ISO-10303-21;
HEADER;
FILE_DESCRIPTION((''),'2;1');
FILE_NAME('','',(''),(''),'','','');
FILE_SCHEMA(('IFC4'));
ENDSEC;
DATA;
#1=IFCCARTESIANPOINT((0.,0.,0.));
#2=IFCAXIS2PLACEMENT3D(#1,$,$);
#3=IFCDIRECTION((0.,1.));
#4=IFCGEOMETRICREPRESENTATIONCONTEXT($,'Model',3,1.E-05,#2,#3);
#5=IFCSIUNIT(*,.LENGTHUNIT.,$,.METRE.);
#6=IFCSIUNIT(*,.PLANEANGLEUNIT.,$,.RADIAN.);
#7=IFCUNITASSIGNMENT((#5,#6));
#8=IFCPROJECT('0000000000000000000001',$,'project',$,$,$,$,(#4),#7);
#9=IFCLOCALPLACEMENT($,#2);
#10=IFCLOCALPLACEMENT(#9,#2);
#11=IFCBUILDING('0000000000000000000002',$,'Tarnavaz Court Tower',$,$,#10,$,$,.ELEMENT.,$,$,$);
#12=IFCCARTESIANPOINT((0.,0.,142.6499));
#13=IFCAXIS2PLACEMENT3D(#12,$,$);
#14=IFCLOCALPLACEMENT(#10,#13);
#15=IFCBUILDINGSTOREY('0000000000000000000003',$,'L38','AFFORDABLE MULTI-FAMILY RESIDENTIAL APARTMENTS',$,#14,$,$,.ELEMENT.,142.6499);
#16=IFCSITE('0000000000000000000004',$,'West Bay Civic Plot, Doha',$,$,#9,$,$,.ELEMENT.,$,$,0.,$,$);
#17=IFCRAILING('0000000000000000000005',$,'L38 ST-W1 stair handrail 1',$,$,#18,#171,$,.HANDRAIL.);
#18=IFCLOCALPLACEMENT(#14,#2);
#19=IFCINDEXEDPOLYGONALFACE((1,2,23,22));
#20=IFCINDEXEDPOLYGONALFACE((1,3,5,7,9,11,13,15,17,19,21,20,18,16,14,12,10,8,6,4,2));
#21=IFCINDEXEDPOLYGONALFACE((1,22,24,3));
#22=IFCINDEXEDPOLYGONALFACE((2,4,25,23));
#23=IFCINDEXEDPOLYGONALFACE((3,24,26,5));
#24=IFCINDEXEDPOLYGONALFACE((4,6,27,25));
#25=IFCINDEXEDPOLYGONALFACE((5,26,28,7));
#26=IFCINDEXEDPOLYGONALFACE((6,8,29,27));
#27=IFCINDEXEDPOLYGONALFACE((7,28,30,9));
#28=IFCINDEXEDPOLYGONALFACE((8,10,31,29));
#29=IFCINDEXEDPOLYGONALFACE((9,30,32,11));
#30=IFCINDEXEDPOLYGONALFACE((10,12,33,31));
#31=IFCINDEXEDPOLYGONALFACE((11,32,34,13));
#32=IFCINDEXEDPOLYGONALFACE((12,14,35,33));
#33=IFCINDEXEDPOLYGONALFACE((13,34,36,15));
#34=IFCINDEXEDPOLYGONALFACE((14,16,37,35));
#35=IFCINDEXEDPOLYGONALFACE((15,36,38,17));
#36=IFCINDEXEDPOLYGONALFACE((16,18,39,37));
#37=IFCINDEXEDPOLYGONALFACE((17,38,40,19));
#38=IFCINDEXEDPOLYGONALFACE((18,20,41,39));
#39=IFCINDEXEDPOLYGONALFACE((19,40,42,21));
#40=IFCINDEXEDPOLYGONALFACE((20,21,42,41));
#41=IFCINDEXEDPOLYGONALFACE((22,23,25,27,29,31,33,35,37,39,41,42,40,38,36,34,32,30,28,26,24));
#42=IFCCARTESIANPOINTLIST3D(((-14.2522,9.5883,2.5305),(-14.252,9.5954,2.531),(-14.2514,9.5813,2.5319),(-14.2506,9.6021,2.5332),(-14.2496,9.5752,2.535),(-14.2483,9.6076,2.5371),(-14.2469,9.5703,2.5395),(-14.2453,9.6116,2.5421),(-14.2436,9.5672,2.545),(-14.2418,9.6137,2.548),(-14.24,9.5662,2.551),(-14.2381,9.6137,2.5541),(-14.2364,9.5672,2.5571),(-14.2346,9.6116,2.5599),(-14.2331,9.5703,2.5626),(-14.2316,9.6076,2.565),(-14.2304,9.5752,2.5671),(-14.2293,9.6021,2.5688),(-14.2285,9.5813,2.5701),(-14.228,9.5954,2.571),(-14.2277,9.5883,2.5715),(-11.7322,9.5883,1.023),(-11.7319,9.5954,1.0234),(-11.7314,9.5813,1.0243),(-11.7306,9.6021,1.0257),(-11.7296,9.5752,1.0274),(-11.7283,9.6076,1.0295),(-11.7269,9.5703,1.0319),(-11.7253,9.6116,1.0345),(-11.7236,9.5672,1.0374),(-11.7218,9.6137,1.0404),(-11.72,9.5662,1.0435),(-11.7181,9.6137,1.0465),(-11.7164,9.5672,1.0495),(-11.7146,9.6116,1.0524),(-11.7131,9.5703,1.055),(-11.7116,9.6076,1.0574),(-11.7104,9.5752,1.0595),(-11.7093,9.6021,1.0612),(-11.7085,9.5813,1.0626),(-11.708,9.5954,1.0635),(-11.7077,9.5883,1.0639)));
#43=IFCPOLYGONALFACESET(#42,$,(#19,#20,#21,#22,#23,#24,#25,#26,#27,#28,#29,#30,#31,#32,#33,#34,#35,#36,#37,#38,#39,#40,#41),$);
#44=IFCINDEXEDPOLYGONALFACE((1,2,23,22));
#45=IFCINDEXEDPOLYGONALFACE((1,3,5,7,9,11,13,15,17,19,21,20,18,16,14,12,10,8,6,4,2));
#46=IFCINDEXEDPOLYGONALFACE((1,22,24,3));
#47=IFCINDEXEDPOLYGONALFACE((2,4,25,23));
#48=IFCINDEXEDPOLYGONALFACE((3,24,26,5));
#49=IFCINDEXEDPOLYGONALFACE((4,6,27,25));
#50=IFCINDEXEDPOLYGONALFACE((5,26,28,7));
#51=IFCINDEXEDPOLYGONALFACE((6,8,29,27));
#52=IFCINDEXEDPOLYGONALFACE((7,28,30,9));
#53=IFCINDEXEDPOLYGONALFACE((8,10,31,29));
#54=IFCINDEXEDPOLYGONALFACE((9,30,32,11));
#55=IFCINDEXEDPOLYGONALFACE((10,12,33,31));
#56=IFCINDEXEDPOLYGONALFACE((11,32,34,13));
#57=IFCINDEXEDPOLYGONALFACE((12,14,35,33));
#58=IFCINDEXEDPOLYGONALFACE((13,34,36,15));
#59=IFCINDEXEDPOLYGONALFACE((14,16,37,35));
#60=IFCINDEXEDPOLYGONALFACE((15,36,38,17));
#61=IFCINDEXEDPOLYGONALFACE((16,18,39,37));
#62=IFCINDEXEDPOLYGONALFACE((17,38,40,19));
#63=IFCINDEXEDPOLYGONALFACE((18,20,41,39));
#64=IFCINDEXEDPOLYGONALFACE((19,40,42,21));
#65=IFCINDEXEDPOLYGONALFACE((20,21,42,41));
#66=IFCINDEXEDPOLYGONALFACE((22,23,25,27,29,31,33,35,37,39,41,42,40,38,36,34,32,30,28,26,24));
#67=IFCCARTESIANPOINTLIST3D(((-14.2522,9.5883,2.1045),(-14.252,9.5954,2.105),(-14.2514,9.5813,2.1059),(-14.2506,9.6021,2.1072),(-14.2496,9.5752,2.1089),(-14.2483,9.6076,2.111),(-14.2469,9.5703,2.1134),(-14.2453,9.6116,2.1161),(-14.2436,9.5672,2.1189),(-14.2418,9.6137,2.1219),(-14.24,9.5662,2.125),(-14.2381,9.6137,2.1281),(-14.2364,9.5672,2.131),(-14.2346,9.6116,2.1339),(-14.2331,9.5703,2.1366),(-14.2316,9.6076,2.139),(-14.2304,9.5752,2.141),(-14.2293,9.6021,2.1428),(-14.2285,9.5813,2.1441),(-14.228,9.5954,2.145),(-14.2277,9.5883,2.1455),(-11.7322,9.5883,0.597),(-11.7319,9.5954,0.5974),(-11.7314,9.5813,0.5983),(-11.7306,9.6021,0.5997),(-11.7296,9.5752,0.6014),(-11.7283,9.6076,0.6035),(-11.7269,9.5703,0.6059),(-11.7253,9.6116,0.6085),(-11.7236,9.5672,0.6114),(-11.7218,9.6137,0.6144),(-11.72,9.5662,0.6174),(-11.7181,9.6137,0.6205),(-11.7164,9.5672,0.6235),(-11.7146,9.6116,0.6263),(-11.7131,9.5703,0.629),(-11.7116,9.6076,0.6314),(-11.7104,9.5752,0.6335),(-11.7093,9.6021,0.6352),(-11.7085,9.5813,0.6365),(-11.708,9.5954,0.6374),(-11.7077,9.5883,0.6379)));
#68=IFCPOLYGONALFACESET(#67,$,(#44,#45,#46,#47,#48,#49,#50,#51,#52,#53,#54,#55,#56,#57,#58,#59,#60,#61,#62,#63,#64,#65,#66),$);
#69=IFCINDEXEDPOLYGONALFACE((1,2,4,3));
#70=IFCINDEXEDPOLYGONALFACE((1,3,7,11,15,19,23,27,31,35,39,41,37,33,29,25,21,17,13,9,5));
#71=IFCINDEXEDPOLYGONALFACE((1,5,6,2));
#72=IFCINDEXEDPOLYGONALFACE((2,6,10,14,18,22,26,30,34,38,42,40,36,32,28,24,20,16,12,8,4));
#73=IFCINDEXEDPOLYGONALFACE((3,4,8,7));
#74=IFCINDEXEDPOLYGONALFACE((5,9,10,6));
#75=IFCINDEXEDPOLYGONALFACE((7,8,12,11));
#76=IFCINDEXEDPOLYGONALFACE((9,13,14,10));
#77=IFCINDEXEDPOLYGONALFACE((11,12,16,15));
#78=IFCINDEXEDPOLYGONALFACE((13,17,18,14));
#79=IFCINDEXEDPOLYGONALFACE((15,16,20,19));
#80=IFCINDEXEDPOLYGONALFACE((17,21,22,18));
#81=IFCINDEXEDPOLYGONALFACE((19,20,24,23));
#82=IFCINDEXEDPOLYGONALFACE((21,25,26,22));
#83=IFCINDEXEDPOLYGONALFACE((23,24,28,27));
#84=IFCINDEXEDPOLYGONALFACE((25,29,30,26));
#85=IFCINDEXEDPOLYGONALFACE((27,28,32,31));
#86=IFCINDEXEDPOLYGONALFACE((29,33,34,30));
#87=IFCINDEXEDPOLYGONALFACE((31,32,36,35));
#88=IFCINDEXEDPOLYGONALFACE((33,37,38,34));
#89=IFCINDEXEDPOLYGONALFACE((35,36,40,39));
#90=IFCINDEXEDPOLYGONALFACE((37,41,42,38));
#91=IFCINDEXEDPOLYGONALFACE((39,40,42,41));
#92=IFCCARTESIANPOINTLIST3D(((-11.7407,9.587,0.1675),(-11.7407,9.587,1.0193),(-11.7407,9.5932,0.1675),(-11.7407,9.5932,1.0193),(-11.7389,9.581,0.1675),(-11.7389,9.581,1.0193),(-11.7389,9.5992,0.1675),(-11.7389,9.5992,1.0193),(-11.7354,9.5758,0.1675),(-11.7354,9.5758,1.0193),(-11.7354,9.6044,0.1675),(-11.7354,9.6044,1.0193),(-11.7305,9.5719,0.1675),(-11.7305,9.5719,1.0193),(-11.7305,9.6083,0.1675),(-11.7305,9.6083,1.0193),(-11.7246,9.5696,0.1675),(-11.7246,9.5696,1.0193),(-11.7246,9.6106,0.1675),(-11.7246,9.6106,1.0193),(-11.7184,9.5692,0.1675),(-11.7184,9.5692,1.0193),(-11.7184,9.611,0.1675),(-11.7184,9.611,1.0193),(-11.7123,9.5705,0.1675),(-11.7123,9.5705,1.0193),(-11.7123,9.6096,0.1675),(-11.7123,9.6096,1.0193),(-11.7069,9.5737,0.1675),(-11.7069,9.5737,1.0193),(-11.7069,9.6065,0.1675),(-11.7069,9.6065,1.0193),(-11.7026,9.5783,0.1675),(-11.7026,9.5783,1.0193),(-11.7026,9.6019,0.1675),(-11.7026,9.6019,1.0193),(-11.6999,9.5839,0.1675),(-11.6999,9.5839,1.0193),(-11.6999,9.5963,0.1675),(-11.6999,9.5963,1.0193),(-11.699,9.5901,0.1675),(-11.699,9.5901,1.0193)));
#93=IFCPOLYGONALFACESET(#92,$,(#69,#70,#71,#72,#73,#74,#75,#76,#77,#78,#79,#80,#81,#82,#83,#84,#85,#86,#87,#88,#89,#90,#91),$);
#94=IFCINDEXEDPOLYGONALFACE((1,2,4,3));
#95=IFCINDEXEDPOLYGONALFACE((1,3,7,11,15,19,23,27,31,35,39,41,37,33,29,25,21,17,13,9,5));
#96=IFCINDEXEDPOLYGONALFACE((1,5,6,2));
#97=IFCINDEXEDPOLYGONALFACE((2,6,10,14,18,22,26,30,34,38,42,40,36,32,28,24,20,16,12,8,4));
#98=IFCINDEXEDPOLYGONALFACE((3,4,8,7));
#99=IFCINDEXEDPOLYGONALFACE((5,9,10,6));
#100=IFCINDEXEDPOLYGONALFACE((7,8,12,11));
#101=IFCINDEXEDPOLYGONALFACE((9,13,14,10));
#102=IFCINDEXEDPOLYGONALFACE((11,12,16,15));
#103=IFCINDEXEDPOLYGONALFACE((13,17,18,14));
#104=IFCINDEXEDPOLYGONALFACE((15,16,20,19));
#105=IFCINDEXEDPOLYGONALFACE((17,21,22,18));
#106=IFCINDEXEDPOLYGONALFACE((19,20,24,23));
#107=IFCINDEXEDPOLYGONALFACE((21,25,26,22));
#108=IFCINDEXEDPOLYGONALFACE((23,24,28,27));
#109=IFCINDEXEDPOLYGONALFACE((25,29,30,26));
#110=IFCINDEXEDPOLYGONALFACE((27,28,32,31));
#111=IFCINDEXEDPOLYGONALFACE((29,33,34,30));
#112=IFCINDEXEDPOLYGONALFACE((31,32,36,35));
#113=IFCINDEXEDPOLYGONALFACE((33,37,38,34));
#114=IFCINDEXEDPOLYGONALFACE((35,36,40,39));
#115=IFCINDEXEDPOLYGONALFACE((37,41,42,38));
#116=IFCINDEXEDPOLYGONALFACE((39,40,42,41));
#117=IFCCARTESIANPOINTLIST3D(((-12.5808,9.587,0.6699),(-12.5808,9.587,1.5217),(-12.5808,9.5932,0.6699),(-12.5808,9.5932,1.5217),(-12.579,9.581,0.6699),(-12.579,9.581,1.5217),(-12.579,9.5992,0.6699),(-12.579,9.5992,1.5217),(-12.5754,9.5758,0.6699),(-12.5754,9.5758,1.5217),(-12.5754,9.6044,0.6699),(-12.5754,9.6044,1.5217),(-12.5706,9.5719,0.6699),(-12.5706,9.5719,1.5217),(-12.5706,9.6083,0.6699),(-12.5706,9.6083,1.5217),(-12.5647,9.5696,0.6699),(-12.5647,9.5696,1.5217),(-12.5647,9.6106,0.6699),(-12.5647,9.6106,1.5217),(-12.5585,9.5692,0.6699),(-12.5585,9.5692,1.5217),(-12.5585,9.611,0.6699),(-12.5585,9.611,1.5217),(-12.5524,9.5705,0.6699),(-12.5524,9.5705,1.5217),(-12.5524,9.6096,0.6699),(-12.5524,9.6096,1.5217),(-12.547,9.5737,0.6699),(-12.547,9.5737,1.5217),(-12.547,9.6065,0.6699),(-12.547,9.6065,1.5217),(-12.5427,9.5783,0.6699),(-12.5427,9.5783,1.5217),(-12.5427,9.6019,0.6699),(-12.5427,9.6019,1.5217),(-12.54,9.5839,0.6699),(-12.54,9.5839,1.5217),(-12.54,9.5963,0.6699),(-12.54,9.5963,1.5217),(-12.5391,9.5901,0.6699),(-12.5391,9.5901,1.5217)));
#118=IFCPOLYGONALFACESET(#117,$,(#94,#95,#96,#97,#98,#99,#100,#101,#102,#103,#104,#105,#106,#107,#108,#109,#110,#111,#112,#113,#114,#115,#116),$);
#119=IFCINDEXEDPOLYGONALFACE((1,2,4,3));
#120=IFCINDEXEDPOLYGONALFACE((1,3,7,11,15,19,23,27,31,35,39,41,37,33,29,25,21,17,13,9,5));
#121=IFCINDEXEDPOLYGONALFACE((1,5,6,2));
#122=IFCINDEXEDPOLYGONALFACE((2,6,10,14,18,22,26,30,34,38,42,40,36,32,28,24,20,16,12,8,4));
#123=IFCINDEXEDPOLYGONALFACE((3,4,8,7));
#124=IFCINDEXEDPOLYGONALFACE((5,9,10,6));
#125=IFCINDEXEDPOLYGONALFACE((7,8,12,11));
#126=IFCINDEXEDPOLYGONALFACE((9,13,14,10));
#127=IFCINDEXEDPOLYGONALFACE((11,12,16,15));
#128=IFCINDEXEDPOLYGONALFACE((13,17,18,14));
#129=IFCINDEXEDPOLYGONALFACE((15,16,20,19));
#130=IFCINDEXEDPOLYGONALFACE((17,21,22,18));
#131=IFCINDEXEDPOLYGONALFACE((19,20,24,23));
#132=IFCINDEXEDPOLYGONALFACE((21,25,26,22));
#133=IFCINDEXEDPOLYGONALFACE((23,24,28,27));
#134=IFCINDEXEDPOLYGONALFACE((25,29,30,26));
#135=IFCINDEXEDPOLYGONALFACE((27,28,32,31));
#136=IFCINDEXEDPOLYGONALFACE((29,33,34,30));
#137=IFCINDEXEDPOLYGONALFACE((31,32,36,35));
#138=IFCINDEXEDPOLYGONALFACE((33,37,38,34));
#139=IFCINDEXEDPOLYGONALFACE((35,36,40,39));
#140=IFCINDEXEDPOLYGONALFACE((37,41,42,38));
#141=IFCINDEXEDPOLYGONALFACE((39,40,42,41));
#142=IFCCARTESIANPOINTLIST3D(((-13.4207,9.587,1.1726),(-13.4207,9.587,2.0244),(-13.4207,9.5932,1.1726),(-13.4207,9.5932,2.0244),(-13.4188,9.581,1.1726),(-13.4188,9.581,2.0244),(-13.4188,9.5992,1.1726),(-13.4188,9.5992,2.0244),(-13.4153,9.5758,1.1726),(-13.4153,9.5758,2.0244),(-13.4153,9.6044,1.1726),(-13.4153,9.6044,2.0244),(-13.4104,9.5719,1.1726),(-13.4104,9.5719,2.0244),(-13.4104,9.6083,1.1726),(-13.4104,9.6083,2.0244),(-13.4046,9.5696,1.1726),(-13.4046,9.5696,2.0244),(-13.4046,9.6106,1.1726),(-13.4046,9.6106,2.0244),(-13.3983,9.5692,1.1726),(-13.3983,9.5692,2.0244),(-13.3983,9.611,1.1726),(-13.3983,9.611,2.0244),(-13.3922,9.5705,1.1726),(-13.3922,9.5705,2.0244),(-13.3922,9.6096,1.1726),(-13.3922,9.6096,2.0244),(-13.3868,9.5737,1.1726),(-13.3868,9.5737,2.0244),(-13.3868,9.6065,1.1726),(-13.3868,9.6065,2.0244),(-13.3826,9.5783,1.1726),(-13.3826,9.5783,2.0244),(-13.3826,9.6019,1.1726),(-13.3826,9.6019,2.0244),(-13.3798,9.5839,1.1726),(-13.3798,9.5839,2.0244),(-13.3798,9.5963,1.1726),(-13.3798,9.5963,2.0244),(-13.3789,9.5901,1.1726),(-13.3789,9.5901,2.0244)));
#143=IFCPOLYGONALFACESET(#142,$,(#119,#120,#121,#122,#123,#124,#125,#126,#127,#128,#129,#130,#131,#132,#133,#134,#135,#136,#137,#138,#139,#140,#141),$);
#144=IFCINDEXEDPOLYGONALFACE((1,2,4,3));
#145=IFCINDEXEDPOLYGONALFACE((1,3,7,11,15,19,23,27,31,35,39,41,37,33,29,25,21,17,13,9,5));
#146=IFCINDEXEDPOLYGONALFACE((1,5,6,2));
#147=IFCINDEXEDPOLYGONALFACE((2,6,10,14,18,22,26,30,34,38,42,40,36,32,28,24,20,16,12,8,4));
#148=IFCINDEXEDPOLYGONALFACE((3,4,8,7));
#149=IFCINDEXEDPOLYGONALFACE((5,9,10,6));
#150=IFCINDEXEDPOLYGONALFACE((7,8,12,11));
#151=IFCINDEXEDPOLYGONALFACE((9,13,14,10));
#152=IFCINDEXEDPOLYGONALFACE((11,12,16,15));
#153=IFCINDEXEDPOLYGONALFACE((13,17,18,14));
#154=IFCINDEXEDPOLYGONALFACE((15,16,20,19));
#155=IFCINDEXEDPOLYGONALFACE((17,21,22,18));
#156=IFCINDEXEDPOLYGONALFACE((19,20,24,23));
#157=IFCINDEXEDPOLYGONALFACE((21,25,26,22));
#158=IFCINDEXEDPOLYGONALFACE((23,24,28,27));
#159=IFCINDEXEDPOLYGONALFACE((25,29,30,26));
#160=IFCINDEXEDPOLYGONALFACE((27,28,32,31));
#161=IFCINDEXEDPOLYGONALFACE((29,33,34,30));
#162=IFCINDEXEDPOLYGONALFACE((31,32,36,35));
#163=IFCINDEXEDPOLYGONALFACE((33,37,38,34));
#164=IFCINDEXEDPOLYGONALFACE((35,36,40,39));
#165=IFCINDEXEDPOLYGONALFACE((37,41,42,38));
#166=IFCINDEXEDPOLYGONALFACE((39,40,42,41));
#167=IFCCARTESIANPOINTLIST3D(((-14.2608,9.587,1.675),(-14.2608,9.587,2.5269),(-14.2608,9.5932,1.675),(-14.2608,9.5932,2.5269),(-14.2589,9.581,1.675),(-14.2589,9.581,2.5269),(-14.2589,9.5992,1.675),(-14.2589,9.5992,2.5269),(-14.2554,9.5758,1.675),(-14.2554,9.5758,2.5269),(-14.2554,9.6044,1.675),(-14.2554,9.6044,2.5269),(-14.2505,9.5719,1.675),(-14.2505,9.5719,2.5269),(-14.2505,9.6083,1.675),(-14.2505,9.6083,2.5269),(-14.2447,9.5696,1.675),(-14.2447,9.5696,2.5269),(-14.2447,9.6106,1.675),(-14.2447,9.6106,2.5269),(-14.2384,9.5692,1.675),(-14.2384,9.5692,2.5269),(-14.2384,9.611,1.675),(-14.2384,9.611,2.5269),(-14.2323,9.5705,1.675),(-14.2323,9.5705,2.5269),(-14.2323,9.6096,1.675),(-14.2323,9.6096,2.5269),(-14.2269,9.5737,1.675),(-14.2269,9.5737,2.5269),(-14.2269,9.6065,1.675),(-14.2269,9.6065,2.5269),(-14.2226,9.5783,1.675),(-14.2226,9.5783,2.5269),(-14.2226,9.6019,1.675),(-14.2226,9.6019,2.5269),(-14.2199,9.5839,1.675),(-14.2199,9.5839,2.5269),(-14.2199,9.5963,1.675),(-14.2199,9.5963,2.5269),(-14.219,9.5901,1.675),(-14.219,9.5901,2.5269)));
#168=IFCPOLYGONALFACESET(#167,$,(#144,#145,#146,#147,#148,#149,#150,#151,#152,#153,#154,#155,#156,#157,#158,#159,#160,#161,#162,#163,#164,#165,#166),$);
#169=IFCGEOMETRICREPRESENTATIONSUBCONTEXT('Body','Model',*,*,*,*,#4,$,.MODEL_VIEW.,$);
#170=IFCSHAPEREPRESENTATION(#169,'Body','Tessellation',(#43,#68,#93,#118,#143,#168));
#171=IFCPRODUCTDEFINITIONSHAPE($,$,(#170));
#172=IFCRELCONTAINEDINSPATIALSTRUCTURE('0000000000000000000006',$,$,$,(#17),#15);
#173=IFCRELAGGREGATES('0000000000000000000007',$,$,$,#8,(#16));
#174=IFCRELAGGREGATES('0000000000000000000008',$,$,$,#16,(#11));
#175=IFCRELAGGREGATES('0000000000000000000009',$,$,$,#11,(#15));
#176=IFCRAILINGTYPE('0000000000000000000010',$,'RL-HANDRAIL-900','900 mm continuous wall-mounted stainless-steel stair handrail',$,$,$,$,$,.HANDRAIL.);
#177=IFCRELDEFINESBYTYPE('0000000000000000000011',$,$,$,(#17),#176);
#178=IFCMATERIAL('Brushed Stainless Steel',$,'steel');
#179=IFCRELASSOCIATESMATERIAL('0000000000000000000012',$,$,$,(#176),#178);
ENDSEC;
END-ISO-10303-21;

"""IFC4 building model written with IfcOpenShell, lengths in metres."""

from ifc_helpers import new_model, si_unit, direction, frame, origin, origin_2d, place, context, subcontext, project, spatial, circle, extrude, material, type_object, element, save


model = new_model("IFC4")

# Units and contexts
model_context = context("Model", 3, precision=1e-05, world=origin(), true_north=direction((0.0, 1.0)))
body_context = subcontext(model_context, "Body", "Model", "MODEL_VIEW")
ifc_project = project(units=[si_unit("LENGTHUNIT", "METRE"), si_unit("PLANEANGLEUNIT", "RADIAN")], contexts=[model_context])

# Site, building, storey
site_placement = place(None, origin())
site = spatial("IfcSite", under=ifc_project, at=site_placement, Name="West Bay Civic Plot, Doha", CompositionType="ELEMENT", RefElevation=0.0)
building_placement = place(site_placement, origin())
building = spatial("IfcBuilding", under=site, at=building_placement, Name="Tarnavaz Court Tower", CompositionType="ELEMENT")
storey_placement = place(building_placement, frame((0.0, 0.0, 142.6499)))
storey = spatial("IfcBuildingStorey", under=building, at=storey_placement, Name="L38", Description="AFFORDABLE MULTI-FAMILY RESIDENTIAL APARTMENTS", CompositionType="ELEMENT", Elevation=142.6499)

# Railing
ifc_material_1 = material(Name="Brushed Stainless Steel", Category="steel")
railing_type_1 = type_object("IfcRailingType", Name="RL-HANDRAIL-900", Description="900 mm continuous wall-mounted stainless-steel stair handrail", PredefinedType="HANDRAIL", material=ifc_material_1)
railing_1_placement = place(storey_placement, frame((-11.72, 9.5901, 0.1675)))
element("IfcRailing", 1, at=railing_1_placement, inside=storey, type_object=railing_type_1, Name="L38 ST-W1 stair handrail 1", PredefinedType="HANDRAIL", context=body_context, shape_type="SweptSolid", body=[
    extrude(circle(Radius=0.0239, at=origin_2d()), frame((0.0, 0.0, 0.876), z_axis=(-0.85816, 0.0, 0.513383), x_axis=(0.0, -1.0, 0.0)), (0.0, 0.0, 1.0), 2.9365),
    extrude(circle(Radius=0.0239, at=origin_2d()), frame((0.0, 0.0, 0.45), z_axis=(-0.85816, 0.0, 0.513383), x_axis=(0.0, -1.0, 0.0)), (0.0, 0.0, 1.0), 2.9365),
    extrude(circle(Radius=0.021, at=origin_2d()), origin(), (0.0, 0.0, 1.0), 0.8518),
    extrude(circle(Radius=0.021, at=origin_2d()), frame((-0.8401, 0.0, 0.5024)), (0.0, 0.0, 1.0), 0.8518),
    extrude(circle(Radius=0.021, at=origin_2d()), frame((-1.6799, 0.0, 1.0051)), (0.0, 0.0, 1.0), 0.8518),
    extrude(circle(Radius=0.021, at=origin_2d()), frame((-2.52, 0.0, 1.5076)), (0.0, 0.0, 1.0), 0.8518),
])

save(model, "model.ifc")
